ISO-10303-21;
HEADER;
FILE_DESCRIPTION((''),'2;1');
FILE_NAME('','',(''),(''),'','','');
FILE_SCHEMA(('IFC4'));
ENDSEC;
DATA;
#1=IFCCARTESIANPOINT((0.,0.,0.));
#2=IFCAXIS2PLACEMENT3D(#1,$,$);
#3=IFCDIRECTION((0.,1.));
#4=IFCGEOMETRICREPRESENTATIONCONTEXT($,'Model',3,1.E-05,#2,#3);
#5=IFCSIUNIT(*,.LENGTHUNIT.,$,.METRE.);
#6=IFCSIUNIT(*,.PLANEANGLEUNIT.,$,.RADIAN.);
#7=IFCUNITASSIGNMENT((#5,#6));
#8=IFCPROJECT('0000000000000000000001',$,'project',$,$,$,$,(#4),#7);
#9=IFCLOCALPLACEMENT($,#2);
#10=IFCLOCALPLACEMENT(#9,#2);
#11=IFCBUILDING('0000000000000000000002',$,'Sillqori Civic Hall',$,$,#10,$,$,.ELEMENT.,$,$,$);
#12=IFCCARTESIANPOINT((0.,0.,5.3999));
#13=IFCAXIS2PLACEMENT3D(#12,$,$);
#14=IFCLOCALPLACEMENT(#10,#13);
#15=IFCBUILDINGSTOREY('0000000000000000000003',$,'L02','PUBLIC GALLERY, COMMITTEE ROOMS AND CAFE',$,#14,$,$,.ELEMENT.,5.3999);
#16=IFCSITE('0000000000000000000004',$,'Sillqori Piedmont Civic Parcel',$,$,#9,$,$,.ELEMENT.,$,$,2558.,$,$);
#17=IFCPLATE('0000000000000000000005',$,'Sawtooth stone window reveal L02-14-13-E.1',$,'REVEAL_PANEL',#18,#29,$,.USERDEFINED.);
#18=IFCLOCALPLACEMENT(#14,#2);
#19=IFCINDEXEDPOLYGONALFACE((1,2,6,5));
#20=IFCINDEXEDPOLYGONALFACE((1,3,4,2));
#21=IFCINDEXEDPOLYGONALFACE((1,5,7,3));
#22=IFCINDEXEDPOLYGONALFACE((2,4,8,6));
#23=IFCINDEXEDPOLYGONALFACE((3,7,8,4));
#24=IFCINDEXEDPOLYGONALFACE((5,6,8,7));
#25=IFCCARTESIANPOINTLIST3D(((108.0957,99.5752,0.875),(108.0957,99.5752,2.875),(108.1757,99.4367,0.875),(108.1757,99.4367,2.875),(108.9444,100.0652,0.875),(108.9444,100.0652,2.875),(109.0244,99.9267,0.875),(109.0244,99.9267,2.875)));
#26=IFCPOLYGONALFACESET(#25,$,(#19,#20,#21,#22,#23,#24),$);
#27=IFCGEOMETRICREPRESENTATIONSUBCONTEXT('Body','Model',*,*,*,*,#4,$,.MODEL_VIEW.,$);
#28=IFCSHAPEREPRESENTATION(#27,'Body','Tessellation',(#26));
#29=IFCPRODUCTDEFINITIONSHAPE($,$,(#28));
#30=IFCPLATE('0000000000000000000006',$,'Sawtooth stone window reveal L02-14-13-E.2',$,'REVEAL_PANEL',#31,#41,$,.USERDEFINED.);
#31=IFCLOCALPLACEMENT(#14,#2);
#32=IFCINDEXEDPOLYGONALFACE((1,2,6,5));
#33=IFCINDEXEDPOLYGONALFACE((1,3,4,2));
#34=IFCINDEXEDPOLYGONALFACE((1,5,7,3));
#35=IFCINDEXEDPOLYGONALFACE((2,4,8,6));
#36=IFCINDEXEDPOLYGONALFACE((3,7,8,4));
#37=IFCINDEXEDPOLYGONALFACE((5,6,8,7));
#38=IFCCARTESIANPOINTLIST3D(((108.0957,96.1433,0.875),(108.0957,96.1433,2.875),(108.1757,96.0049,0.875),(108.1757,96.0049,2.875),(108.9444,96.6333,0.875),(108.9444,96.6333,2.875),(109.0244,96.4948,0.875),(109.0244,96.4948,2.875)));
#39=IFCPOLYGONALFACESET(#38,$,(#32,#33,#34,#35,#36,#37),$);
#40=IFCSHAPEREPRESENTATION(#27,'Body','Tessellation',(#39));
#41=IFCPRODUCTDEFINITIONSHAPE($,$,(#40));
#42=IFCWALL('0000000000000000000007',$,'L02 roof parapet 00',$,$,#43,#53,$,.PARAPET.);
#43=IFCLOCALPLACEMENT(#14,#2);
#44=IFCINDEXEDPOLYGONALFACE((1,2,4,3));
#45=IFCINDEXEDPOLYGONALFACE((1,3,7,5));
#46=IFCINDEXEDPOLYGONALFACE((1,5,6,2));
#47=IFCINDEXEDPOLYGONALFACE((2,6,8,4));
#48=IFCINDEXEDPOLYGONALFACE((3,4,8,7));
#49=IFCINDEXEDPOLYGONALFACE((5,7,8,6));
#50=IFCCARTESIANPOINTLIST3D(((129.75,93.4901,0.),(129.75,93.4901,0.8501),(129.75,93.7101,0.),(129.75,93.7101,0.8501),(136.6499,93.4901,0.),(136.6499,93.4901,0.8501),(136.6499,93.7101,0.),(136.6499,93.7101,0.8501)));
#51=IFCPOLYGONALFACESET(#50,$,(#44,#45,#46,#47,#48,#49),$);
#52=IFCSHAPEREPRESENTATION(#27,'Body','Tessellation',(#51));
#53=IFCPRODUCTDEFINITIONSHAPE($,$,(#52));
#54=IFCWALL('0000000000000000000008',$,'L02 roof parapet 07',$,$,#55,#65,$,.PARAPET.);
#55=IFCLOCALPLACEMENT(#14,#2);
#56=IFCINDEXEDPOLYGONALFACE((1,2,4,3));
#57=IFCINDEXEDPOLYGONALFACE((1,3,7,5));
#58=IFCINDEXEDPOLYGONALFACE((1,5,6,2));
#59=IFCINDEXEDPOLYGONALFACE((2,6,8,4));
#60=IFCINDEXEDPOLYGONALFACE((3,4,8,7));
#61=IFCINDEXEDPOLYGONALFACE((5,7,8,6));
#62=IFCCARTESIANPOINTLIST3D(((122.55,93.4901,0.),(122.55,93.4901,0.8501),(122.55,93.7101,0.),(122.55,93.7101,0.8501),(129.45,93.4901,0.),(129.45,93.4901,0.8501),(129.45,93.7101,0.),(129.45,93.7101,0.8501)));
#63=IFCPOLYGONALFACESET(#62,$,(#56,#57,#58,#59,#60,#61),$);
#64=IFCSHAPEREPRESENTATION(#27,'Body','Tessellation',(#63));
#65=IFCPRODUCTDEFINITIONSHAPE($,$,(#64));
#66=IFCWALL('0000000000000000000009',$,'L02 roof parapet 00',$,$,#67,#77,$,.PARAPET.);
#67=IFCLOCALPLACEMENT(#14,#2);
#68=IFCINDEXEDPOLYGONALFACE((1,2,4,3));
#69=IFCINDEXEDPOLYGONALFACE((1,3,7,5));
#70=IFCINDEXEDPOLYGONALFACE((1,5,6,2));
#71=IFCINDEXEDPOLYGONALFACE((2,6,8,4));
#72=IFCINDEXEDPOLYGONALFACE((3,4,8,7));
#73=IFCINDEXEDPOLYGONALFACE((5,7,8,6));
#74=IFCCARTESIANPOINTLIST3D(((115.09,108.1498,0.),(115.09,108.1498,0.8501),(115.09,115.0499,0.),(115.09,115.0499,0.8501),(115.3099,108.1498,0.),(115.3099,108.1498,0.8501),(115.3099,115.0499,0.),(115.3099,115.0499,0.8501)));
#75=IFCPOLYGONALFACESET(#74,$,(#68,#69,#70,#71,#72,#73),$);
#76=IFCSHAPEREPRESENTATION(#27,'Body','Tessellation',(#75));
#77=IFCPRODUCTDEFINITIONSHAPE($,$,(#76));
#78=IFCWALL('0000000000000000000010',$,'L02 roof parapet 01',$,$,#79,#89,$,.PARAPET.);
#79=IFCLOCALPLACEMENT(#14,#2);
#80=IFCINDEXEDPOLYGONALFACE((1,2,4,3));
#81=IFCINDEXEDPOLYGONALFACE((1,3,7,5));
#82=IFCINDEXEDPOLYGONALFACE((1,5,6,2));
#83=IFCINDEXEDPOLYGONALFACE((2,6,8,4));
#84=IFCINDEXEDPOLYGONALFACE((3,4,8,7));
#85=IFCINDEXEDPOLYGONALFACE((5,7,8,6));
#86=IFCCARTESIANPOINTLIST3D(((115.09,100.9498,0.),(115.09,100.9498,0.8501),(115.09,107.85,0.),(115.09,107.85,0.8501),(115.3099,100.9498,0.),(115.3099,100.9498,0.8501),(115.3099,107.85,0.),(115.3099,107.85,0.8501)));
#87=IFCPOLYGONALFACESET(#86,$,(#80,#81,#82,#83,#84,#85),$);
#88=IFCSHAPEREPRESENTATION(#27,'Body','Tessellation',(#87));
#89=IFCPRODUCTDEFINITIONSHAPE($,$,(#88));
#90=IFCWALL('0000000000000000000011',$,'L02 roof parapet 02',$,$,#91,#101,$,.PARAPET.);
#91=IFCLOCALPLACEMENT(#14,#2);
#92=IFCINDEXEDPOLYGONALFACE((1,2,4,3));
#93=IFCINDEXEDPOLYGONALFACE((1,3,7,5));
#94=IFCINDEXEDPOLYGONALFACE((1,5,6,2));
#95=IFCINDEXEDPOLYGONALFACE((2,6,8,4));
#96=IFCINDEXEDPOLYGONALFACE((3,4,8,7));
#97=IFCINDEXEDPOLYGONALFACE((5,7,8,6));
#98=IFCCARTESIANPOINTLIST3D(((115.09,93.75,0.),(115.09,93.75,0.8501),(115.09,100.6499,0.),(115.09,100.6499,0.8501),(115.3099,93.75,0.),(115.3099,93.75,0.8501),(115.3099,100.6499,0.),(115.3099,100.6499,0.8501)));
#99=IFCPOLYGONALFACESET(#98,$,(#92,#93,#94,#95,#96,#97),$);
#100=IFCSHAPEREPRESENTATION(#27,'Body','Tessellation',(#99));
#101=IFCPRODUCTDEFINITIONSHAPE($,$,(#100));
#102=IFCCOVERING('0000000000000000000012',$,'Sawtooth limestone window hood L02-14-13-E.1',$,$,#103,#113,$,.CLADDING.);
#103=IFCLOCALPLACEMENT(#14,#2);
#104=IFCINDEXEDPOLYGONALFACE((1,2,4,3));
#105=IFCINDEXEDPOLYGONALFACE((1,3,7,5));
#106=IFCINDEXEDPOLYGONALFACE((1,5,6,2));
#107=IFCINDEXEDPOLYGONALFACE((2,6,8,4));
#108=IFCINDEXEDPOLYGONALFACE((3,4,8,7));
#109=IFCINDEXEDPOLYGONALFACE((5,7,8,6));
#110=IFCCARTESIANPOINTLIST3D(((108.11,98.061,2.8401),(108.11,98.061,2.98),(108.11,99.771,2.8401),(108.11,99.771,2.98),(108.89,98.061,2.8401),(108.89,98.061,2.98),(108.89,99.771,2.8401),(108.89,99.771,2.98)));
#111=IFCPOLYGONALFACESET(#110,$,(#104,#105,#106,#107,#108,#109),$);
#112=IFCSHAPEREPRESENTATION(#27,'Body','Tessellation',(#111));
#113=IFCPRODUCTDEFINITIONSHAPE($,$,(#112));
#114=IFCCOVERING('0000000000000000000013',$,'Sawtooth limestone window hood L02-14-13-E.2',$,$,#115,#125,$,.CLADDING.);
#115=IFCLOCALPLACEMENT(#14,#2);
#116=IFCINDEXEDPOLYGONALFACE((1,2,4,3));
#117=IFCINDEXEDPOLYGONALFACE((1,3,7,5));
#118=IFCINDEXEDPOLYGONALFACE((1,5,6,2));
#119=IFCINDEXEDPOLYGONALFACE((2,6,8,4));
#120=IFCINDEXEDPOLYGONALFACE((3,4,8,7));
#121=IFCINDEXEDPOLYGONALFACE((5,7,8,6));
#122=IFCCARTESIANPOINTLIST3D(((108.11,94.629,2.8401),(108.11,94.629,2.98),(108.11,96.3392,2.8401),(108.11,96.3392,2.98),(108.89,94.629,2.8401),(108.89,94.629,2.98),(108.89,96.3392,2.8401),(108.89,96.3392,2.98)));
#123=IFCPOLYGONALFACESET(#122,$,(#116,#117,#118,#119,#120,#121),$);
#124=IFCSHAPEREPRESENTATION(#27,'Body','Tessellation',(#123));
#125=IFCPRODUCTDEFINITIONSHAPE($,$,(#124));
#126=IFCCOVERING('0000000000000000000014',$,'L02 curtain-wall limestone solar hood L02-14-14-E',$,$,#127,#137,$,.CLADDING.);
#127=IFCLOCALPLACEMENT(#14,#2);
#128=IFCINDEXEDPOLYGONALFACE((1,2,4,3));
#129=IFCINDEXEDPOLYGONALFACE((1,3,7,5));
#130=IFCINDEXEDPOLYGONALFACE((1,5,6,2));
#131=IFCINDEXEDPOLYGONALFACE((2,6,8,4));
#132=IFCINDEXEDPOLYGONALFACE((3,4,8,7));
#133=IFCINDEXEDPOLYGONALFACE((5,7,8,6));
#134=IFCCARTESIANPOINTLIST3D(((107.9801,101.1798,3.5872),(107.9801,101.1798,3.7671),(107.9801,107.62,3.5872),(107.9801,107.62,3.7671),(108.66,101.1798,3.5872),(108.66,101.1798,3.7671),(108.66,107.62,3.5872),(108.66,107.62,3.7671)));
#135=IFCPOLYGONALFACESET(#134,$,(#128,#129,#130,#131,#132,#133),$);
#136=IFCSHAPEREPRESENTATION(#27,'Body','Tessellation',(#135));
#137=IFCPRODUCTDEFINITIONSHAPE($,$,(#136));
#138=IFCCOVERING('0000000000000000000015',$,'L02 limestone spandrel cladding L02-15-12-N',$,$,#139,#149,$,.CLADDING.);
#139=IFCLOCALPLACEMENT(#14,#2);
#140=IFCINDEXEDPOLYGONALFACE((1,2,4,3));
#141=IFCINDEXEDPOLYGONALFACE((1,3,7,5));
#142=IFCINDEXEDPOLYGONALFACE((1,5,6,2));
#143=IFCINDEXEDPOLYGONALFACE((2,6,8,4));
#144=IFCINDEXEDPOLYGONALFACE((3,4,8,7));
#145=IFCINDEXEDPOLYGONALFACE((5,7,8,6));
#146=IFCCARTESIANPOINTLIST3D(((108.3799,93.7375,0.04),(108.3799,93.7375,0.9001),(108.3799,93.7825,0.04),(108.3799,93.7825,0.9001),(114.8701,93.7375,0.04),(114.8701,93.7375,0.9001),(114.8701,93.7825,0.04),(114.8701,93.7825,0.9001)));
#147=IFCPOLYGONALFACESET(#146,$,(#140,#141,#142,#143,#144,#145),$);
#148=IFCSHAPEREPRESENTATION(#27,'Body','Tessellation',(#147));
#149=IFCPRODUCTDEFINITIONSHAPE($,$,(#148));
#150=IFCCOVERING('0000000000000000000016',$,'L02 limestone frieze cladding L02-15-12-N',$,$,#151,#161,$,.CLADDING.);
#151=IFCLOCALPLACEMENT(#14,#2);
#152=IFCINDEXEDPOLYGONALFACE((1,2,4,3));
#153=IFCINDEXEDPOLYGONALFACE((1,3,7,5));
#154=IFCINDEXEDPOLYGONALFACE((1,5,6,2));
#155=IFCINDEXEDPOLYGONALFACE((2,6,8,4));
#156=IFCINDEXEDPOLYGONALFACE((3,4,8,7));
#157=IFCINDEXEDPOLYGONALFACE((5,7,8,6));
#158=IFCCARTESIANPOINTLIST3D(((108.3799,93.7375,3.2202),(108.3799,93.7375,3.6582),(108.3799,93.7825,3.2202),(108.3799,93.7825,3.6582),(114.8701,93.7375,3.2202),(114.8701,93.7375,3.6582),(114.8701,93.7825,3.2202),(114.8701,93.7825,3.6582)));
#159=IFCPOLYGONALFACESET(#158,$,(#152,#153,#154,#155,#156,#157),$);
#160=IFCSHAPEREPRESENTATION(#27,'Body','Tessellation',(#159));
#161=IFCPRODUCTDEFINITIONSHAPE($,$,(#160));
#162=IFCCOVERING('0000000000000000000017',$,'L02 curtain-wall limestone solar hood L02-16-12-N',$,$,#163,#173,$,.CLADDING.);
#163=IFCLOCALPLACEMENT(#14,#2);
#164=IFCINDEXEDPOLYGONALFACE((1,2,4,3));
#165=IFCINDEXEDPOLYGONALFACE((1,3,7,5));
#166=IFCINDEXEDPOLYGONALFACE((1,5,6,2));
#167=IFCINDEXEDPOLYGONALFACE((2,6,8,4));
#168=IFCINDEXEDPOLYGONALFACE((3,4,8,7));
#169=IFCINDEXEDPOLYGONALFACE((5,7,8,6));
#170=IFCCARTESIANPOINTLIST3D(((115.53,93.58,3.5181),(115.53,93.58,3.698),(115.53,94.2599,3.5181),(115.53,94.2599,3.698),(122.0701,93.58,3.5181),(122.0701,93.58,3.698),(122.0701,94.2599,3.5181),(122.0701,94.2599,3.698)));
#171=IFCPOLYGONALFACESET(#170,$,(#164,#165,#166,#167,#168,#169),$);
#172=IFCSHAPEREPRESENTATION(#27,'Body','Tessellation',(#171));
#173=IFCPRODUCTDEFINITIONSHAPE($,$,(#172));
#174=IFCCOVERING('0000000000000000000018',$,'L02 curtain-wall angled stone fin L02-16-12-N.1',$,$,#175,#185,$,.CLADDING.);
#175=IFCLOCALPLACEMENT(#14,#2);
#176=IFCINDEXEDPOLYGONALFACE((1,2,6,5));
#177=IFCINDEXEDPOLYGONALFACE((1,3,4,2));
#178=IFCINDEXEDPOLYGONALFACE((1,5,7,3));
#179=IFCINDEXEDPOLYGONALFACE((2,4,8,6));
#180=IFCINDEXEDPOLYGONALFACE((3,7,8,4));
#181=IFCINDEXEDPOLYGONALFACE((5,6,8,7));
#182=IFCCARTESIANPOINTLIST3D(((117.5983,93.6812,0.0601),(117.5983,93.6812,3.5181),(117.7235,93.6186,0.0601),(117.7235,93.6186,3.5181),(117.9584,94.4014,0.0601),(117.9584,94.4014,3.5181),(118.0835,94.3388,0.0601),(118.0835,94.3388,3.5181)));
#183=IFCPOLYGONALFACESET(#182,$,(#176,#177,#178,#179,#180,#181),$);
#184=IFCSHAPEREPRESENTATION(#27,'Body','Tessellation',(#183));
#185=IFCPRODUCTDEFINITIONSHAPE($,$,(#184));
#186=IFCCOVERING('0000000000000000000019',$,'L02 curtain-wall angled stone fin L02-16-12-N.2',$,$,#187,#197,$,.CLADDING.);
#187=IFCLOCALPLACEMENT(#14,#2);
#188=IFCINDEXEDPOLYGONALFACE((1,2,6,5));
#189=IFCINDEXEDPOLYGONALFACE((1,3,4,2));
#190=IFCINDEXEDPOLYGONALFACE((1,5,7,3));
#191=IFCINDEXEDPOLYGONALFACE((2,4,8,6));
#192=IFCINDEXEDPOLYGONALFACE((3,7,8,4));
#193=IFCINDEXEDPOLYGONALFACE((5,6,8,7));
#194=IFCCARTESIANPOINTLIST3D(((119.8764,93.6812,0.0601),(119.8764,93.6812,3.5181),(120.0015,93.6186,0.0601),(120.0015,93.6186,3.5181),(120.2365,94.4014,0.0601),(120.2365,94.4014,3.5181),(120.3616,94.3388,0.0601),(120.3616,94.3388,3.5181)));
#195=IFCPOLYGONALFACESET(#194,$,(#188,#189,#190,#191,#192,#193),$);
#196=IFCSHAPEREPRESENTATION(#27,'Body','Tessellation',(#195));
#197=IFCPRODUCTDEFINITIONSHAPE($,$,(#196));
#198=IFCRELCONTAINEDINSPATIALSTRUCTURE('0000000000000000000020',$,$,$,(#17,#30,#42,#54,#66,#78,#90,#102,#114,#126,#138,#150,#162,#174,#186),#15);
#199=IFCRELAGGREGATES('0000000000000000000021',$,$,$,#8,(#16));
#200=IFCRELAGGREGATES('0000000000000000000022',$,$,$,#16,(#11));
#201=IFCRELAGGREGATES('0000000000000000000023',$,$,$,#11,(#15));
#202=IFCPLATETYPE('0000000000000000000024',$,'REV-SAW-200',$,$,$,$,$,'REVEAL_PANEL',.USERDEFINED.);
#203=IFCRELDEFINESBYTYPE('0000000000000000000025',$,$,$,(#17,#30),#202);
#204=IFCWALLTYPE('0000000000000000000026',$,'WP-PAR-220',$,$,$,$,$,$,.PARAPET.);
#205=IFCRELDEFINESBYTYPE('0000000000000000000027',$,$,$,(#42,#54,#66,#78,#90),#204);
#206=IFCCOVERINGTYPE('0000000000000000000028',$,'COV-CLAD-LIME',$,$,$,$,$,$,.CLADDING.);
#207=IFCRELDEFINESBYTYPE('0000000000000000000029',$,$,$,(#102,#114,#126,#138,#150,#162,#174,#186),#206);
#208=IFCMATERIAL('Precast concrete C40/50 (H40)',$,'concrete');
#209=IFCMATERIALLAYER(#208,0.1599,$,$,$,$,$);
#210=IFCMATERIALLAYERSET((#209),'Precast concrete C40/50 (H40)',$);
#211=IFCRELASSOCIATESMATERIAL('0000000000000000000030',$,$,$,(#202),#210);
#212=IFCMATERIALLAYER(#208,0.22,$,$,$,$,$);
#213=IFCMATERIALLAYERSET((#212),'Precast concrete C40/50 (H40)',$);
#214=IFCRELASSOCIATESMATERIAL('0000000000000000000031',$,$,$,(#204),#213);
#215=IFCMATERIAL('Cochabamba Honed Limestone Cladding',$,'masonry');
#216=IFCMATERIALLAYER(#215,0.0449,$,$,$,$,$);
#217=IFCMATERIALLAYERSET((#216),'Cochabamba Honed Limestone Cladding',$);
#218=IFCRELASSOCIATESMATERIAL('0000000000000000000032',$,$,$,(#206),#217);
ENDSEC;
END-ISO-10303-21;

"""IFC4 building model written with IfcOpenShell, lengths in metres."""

from ifc_helpers import new_model, si_unit, direction, frame, frame_2d, origin, origin_2d, place, context, subcontext, project, spatial, rectangle, extrude, material, layer, layer_set, type_object, element, save


model = new_model("IFC4")

# Units and contexts
model_context = context("Model", 3, precision=1e-05, world=origin(), true_north=direction((0.0, 1.0)))
body_context = subcontext(model_context, "Body", "Model", "MODEL_VIEW")
ifc_project = project(units=[si_unit("LENGTHUNIT", "METRE"), si_unit("PLANEANGLEUNIT", "RADIAN")], contexts=[model_context])

# Site, building, storey
site_placement = place(None, origin())
site = spatial("IfcSite", under=ifc_project, at=site_placement, Name="Sillqori Piedmont Civic Parcel", CompositionType="ELEMENT", RefElevation=2558.0)
building_placement = place(site_placement, origin())
building = spatial("IfcBuilding", under=site, at=building_placement, Name="Sillqori Civic Hall", CompositionType="ELEMENT")
storey_placement = place(building_placement, frame((0.0, 0.0, 5.3999)))
storey = spatial("IfcBuildingStorey", under=building, at=storey_placement, Name="L02", Description="PUBLIC GALLERY, COMMITTEE ROOMS AND CAFE", CompositionType="ELEMENT", Elevation=5.3999)

# Plates
ifc_material_1 = material(Name="Precast concrete C40/50 (H40)", Category="concrete")
ifc_layer_1 = layer(ifc_material_1, 0.1599)
ifc_layer_set_1 = layer_set([ifc_layer_1], Name="Precast concrete C40/50 (H40)")
plate_type = type_object("IfcPlateType", Name="REV-SAW-200", ElementType="REVEAL_PANEL", PredefinedType="USERDEFINED", material=ifc_layer_set_1)
for number, where, z_axis, x_axis, name in (
    (1, (108.5601, 99.751, 0.875), (0.0, 0.0, 1.0), (0.5, -0.866025, 0.0), "Sawtooth stone window reveal L02-14-13-E.1"),
    (2, (108.5601, 96.3191, 0.875), (0.0, 0.0, 1.0), (0.5, -0.866025, 0.0), "Sawtooth stone window reveal L02-14-13-E.2"),
):
    element("IfcPlate", number, at=place(storey_placement, frame(where, z_axis=z_axis, x_axis=x_axis)), inside=storey, type_object=plate_type, Name=name, ObjectType="REVEAL_PANEL", PredefinedType="USERDEFINED", context=body_context, shape_type="SweptSolid", body=[
        extrude(rectangle(XDim=0.1599, YDim=0.98, at=origin_2d()), origin(), (0.0, 0.0, 1.0), 2.0),
    ])

# Walls
ifc_layer_2 = layer(ifc_material_1, 0.22)
ifc_layer_set_2 = layer_set([ifc_layer_2], Name="Precast concrete C40/50 (H40)")
wall_type = type_object("IfcWallType", Name="WP-PAR-220", PredefinedType="PARAPET", material=ifc_layer_set_2)
for number, where, z_axis, x_axis, name in (
    (3, (129.75, 93.6001, 0.0), (0.0, 0.0, 1.0), (1.0, 0.0, 0.0), "L02 roof parapet 00"),
    (4, (122.55, 93.6001, 0.0), (0.0, 0.0, 1.0), (1.0, 0.0, 0.0), "L02 roof parapet 07"),
):
    element("IfcWall", number, at=place(storey_placement, frame(where, z_axis=z_axis, x_axis=x_axis)), inside=storey, type_object=wall_type, Name=name, PredefinedType="PARAPET", context=body_context, shape_type="SweptSolid", body=[
        extrude(rectangle(XDim=6.8999, YDim=0.22, at=frame_2d((3.45, 0.0))), origin(), (0.0, 0.0, 1.0), 0.8501),
    ])
for number, where, z_axis, x_axis, name in (
    (5, (115.2, 115.05, 0.0), (0.0, 0.0, 1.0), (0.0, -1.0, 0.0), "L02 roof parapet 00"),
    (6, (115.2, 107.8501, 0.0), (0.0, 0.0, 1.0), (0.0, -1.0, 0.0), "L02 roof parapet 01"),
):
    element("IfcWall", number, at=place(storey_placement, frame(where, z_axis=z_axis, x_axis=x_axis)), inside=storey, type_object=wall_type, Name=name, PredefinedType="PARAPET", context=body_context, shape_type="SweptSolid", body=[
        extrude(rectangle(XDim=6.9001, YDim=0.22, at=frame_2d((3.4502, 0.0))), origin(), (0.0, 0.0, 1.0), 0.8501),
    ])
wall_placement = place(storey_placement, frame((115.2, 100.6499, 0.0), z_axis=(0.0, 0.0, 1.0), x_axis=(0.0, -1.0, 0.0)))
element("IfcWall", 7, at=wall_placement, inside=storey, type_object=wall_type, Name="L02 roof parapet 02", PredefinedType="PARAPET", context=body_context, shape_type="SweptSolid", body=[
    extrude(rectangle(XDim=6.8999, YDim=0.22, at=frame_2d((3.45, 0.0))), origin(), (0.0, 0.0, 1.0), 0.8501),
])

# Coverings
ifc_material_2 = material(Name="Cochabamba Honed Limestone Cladding", Category="masonry")
ifc_layer_3 = layer(ifc_material_2, 0.0449)
ifc_layer_set_3 = layer_set([ifc_layer_3], Name="Cochabamba Honed Limestone Cladding")
covering_type = type_object("IfcCoveringType", Name="COV-CLAD-LIME", PredefinedType="CLADDING", material=ifc_layer_set_3)
covering_1_placement = place(storey_placement, frame((108.5, 99.771, 2.8401), z_axis=(0.0, 0.0, 1.0), x_axis=(0.0, -1.0, 0.0)))
element("IfcCovering", 8, at=covering_1_placement, inside=storey, type_object=covering_type, Name="Sawtooth limestone window hood L02-14-13-E.1", PredefinedType="CLADDING", context=body_context, shape_type="SweptSolid", body=[
    extrude(rectangle(XDim=1.71, YDim=0.78, at=frame_2d((0.855, 0.0))), origin(), (0.0, 0.0, 1.0), 0.1399),
])
covering_2_placement = place(storey_placement, frame((108.5, 96.3391, 2.8401), z_axis=(0.0, 0.0, 1.0), x_axis=(0.0, -1.0, 0.0)))
element("IfcCovering", 9, at=covering_2_placement, inside=storey, type_object=covering_type, Name="Sawtooth limestone window hood L02-14-13-E.2", PredefinedType="CLADDING", context=body_context, shape_type="SweptSolid", body=[
    extrude(rectangle(XDim=1.7102, YDim=0.78, at=frame_2d((0.855, 0.0))), origin(), (0.0, 0.0, 1.0), 0.1399),
])
covering_3_placement = place(storey_placement, frame((108.3201, 107.6201, 3.5872), z_axis=(0.0, 0.0, 1.0), x_axis=(0.0, -1.0, 0.0)))
element("IfcCovering", 10, at=covering_3_placement, inside=storey, type_object=covering_type, Name="L02 curtain-wall limestone solar hood L02-14-14-E", PredefinedType="CLADDING", context=body_context, shape_type="SweptSolid", body=[
    extrude(rectangle(XDim=6.4402, YDim=0.6799, at=frame_2d((3.2202, 0.0))), origin(), (0.0, 0.0, 1.0), 0.1799),
])
covering_4_placement = place(storey_placement, frame((108.3799, 93.76, 0.04), z_axis=(0.0, 0.0, 1.0), x_axis=(1.0, 0.0, 0.0)))
element("IfcCovering", 11, at=covering_4_placement, inside=storey, type_object=covering_type, Name="L02 limestone spandrel cladding L02-15-12-N", PredefinedType="CLADDING", context=body_context, shape_type="SweptSolid", body=[
    extrude(rectangle(XDim=6.4902, YDim=0.0449, at=frame_2d((3.2451, 0.0))), origin(), (0.0, 0.0, 1.0), 0.8601),
])
covering_5_placement = place(storey_placement, frame((108.3799, 93.76, 3.2202), z_axis=(0.0, 0.0, 1.0), x_axis=(1.0, 0.0, 0.0)))
element("IfcCovering", 12, at=covering_5_placement, inside=storey, type_object=covering_type, Name="L02 limestone frieze cladding L02-15-12-N", PredefinedType="CLADDING", context=body_context, shape_type="SweptSolid", body=[
    extrude(rectangle(XDim=6.4902, YDim=0.0449, at=frame_2d((3.2451, 0.0))), origin(), (0.0, 0.0, 1.0), 0.438),
])
covering_6_placement = place(storey_placement, frame((115.53, 93.9199, 3.5181), z_axis=(0.0, 0.0, 1.0), x_axis=(1.0, 0.0, 0.0)))
element("IfcCovering", 13, at=covering_6_placement, inside=storey, type_object=covering_type, Name="L02 curtain-wall limestone solar hood L02-16-12-N", PredefinedType="CLADDING", context=body_context, shape_type="SweptSolid", body=[
    extrude(rectangle(XDim=6.54, YDim=0.6799, at=frame_2d((3.27, 0.0))), origin(), (0.0, 0.0, 1.0), 0.1799),
])
for number, where, z_axis, x_axis, name in (
    (14, (117.6609, 93.6499, 0.0601), (0.0, 0.0, 1.0), (0.447214, 0.894427, 0.0), "L02 curtain-wall angled stone fin L02-16-12-N.1"),
    (15, (119.939, 93.6499, 0.0601), (0.0, 0.0, 1.0), (0.447214, 0.894427, 0.0), "L02 curtain-wall angled stone fin L02-16-12-N.2"),
):
    element("IfcCovering", number, at=place(storey_placement, frame(where, z_axis=z_axis, x_axis=x_axis)), inside=storey, type_object=covering_type, Name=name, PredefinedType="CLADDING", context=body_context, shape_type="SweptSolid", body=[
        extrude(rectangle(XDim=0.8052, YDim=0.1399, at=frame_2d((0.4026, 0.0))), origin(), (0.0, 0.0, 1.0), 3.458),
    ])

save(model, "model.ifc")
